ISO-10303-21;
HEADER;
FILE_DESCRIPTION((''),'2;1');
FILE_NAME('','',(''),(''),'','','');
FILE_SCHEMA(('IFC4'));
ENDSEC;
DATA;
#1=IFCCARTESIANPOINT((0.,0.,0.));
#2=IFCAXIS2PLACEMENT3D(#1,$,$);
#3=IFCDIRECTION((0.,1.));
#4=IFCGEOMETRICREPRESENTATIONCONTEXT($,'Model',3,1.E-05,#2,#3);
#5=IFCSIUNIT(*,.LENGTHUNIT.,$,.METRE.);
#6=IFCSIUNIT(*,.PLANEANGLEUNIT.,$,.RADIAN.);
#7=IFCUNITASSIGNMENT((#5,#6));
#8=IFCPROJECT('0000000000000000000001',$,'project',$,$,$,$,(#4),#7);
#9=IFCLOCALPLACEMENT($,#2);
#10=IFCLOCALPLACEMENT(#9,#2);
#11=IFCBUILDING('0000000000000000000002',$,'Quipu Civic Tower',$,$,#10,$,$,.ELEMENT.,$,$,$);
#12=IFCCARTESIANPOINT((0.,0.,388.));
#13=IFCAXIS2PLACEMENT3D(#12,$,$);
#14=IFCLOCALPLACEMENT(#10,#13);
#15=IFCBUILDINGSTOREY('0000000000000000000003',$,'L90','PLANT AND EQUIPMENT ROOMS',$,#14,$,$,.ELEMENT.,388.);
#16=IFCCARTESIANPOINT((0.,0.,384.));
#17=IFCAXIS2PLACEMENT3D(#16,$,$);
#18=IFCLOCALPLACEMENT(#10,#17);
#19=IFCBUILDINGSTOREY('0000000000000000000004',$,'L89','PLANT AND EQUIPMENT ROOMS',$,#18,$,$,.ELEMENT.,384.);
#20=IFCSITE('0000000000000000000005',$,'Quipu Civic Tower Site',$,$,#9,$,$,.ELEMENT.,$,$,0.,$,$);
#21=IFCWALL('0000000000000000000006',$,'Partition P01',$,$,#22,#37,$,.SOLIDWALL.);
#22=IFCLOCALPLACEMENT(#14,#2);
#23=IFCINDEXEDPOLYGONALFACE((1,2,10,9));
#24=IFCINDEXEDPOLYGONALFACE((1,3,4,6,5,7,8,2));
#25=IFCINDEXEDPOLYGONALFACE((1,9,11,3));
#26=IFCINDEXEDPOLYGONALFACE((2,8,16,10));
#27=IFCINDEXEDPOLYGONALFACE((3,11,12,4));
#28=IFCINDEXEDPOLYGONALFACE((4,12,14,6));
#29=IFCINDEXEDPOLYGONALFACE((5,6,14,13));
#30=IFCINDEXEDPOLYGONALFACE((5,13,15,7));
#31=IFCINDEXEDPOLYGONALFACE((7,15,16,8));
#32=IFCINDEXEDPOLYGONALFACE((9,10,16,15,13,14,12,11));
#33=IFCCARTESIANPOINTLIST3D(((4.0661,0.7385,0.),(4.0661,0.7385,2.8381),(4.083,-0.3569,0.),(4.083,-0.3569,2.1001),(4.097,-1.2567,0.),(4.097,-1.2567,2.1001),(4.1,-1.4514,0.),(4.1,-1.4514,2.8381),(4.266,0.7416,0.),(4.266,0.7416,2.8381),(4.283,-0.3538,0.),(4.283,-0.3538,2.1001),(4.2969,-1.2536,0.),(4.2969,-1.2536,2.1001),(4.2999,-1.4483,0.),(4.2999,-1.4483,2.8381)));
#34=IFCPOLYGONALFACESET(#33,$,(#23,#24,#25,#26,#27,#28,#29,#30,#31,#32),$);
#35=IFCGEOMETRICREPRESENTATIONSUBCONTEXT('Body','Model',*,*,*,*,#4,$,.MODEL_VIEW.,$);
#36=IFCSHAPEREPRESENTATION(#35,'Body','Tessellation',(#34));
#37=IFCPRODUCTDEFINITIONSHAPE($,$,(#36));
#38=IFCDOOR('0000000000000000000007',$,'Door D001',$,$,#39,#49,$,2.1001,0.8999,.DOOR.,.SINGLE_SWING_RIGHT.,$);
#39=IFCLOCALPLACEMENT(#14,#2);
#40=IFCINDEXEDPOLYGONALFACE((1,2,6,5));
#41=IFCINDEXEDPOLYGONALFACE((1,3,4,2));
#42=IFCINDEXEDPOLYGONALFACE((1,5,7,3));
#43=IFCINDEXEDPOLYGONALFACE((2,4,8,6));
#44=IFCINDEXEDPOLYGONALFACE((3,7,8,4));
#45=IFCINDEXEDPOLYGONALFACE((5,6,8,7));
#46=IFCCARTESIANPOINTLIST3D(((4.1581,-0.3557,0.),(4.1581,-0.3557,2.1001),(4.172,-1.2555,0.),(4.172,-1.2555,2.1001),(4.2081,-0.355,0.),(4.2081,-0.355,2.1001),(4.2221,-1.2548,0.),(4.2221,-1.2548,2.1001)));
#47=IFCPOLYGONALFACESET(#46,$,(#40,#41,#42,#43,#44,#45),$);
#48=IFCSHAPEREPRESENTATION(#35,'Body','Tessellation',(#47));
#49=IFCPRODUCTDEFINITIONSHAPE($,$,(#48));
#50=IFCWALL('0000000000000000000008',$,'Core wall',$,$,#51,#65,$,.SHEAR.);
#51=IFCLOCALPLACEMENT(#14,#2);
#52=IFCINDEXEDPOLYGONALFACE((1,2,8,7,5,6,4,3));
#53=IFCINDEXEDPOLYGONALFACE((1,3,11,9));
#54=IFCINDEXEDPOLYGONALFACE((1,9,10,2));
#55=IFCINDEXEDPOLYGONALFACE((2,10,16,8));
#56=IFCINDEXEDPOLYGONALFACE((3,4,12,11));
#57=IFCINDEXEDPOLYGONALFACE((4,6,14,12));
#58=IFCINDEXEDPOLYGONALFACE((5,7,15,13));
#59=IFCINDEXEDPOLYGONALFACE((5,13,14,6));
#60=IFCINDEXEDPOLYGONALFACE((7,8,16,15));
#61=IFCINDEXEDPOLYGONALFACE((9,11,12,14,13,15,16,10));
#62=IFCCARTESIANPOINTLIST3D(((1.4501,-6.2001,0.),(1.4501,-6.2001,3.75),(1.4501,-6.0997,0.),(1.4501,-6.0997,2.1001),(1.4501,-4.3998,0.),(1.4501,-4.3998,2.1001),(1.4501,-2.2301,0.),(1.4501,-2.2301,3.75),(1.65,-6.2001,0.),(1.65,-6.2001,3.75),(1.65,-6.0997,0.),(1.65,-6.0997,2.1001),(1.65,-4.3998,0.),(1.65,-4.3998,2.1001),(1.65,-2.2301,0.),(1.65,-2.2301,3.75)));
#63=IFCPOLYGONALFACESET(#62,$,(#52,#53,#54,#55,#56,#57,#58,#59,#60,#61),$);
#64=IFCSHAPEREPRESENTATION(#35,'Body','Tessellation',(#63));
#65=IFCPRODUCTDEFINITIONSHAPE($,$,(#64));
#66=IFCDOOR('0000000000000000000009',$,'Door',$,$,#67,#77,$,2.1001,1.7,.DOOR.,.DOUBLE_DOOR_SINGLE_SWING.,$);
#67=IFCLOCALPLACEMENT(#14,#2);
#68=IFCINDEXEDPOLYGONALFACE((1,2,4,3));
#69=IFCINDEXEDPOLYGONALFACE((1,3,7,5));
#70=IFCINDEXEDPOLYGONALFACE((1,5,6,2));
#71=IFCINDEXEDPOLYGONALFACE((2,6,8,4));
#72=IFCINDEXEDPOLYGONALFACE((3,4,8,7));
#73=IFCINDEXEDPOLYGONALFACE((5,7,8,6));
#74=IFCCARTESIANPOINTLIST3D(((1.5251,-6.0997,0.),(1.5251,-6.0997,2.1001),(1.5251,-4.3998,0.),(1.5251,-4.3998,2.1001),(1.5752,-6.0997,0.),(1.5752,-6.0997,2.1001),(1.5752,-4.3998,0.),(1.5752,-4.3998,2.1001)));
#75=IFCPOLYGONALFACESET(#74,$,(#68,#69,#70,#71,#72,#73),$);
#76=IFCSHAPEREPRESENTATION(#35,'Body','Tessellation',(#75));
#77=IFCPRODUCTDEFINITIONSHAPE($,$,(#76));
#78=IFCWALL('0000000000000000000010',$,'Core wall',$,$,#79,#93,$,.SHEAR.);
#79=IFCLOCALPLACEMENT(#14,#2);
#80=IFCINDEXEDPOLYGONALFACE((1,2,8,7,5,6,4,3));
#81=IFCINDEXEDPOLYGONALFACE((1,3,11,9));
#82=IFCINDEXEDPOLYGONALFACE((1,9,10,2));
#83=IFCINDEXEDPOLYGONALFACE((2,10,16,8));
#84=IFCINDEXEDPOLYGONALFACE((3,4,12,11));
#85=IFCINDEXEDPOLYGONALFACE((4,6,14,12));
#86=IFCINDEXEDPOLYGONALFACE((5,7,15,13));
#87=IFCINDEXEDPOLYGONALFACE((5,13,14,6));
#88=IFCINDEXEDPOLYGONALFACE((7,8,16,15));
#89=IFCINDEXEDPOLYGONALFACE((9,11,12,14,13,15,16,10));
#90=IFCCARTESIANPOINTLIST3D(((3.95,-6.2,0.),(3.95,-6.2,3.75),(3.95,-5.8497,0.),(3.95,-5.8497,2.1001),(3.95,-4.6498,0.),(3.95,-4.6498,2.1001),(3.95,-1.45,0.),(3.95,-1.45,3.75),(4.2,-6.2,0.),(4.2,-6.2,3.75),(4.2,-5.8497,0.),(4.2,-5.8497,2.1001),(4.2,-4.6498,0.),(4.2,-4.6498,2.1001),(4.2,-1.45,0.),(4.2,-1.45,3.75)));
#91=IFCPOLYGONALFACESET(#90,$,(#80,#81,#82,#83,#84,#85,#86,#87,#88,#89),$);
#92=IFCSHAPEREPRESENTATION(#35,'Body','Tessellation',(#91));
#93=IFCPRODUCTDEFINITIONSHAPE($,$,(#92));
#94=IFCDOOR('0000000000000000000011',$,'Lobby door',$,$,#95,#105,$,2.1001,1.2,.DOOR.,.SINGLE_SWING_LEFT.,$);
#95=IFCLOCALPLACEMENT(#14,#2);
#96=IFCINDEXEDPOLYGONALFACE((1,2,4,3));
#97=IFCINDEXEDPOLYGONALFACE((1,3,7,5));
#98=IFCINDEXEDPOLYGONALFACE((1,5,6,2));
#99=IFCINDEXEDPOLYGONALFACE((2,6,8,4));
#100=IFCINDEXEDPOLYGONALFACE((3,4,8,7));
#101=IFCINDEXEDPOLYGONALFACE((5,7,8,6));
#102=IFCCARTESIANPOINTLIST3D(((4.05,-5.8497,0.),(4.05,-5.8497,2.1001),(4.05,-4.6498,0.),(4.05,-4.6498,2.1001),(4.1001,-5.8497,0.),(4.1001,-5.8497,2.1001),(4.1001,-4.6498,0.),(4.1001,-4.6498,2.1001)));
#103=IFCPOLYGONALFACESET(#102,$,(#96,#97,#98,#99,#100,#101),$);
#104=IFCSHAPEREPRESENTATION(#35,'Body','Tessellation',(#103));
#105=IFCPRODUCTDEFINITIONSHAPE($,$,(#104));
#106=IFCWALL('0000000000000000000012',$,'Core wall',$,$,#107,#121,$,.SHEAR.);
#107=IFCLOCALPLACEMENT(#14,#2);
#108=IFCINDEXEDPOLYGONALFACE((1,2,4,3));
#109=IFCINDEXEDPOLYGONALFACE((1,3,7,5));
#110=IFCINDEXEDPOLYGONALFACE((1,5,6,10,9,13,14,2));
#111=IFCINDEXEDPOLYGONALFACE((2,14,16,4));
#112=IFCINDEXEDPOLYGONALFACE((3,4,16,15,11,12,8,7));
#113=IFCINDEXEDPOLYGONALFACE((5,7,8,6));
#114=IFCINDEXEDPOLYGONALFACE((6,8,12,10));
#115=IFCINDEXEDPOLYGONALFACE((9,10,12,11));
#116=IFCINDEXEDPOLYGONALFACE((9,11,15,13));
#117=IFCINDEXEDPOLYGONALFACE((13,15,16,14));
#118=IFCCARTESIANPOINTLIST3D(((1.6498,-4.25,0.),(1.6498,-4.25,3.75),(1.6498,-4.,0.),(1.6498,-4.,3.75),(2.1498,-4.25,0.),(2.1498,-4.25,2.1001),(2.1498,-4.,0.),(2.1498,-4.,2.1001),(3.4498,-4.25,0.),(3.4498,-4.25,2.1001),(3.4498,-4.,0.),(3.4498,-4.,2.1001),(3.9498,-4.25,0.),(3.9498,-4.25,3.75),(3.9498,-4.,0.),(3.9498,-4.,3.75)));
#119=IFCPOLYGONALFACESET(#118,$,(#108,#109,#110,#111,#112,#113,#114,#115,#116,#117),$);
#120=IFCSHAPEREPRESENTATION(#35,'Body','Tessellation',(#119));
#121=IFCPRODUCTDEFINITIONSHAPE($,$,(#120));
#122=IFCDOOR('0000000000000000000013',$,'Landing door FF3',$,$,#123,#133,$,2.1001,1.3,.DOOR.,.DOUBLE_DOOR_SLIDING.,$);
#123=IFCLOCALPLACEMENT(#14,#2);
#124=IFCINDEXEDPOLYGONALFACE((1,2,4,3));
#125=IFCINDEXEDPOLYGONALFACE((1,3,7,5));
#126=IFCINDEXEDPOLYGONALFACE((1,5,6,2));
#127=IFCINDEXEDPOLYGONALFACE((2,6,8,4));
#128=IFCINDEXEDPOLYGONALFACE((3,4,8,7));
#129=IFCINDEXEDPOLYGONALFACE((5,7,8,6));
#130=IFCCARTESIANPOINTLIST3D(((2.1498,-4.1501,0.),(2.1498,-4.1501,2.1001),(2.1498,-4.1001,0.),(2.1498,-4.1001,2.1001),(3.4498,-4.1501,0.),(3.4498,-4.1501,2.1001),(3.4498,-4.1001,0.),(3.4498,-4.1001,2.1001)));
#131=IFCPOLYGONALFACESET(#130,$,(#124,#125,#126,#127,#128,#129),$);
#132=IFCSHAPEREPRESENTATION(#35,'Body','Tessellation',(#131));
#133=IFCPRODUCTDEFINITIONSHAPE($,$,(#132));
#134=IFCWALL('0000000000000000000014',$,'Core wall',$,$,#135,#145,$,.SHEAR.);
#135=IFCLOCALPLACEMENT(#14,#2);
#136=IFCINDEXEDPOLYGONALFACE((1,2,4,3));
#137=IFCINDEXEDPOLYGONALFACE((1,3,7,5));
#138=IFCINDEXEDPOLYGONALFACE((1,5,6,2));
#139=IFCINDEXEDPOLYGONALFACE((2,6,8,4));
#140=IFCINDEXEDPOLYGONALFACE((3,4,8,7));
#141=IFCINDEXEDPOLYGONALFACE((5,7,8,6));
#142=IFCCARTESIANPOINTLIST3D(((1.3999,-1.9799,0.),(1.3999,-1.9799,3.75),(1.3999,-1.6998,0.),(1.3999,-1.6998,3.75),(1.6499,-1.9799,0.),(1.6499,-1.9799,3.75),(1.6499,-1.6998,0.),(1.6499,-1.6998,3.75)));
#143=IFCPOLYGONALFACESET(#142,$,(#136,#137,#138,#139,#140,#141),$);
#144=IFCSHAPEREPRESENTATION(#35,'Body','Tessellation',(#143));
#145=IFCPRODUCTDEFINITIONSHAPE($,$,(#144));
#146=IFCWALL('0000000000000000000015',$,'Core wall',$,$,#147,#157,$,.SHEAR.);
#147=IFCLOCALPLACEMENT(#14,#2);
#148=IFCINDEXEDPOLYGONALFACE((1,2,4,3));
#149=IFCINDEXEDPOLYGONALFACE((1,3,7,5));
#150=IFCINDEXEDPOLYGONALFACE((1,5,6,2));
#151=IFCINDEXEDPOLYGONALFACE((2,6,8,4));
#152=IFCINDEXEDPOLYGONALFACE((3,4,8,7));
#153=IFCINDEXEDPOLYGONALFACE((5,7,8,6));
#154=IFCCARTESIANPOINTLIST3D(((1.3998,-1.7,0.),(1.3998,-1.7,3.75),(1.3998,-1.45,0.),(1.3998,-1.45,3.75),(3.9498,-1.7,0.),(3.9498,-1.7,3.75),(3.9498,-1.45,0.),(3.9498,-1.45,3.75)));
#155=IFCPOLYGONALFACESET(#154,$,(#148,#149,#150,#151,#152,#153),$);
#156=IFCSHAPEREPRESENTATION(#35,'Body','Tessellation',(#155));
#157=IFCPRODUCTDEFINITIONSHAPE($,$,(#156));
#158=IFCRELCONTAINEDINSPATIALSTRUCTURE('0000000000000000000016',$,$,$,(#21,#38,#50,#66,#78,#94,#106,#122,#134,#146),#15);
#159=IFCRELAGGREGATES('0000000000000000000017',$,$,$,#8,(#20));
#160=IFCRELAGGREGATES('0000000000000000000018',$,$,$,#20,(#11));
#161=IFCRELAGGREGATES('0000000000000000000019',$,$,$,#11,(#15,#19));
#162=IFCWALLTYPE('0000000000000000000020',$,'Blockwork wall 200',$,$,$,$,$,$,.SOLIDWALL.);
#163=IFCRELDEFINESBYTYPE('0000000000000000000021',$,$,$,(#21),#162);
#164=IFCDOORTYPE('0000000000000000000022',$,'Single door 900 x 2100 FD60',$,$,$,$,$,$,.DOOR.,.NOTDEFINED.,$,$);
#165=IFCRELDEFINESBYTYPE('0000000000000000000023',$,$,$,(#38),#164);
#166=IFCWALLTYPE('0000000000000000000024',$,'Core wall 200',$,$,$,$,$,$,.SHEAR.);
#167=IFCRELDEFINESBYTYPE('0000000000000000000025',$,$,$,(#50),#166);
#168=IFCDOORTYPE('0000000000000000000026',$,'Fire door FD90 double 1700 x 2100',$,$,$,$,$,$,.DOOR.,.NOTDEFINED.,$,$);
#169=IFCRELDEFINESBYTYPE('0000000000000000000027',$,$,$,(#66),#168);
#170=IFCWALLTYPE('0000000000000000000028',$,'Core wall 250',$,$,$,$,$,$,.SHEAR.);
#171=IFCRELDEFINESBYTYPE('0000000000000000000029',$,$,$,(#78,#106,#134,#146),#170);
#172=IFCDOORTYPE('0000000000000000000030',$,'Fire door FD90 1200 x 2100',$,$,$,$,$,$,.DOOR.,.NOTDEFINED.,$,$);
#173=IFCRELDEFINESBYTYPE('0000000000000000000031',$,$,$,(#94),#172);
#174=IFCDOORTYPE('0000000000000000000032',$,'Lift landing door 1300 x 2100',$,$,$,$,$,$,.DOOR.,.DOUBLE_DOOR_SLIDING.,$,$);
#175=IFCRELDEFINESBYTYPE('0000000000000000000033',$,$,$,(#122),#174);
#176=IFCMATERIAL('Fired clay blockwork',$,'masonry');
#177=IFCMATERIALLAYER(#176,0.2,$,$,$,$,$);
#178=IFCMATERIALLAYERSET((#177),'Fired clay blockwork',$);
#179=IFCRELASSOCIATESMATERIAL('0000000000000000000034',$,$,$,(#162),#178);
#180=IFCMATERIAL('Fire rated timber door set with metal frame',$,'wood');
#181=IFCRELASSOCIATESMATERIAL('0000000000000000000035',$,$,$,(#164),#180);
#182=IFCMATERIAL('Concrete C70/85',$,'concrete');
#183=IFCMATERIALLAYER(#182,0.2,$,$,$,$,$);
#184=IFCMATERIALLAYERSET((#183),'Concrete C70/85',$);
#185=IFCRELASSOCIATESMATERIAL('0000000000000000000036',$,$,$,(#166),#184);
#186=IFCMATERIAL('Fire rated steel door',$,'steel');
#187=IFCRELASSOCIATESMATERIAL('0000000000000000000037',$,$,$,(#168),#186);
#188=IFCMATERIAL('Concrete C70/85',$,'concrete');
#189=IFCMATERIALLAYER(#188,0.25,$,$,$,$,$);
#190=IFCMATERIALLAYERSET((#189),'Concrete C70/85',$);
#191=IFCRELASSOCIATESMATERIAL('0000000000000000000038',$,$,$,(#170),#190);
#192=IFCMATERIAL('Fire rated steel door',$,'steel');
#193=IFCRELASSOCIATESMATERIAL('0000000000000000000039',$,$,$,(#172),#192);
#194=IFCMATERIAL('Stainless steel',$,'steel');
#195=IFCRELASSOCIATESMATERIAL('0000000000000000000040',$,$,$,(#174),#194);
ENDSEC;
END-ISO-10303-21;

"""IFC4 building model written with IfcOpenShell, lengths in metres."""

from ifc_helpers import new_model, si_unit, direction, frame, frame_2d, origin, place, context, subcontext, project, spatial, rectangle, extrude, material, layer, layer_set, type_object, element, fill, save


model = new_model("IFC4")

# Units and contexts
model_context = context("Model", 3, precision=1e-05, world=origin(), true_north=direction((0.0, 1.0)))
body_context = subcontext(model_context, "Body", "Model", "MODEL_VIEW")
ifc_project = project(units=[si_unit("LENGTHUNIT", "METRE"), si_unit("PLANEANGLEUNIT", "RADIAN")], contexts=[model_context])

# Site, building, storey
site_placement = place(None, origin())
site = spatial("IfcSite", under=ifc_project, at=site_placement, Name="Quipu Civic Tower Site", CompositionType="ELEMENT", RefElevation=0.0)
building_placement = place(site_placement, origin())
building = spatial("IfcBuilding", under=site, at=building_placement, Name="Quipu Civic Tower", CompositionType="ELEMENT")
storey_1_placement = place(building_placement, frame((0.0, 0.0, 388.0)))
storey_1 = spatial("IfcBuildingStorey", under=building, at=storey_1_placement, Name="L90", Description="PLANT AND EQUIPMENT ROOMS", CompositionType="ELEMENT", Elevation=388.0)

# Shared definitions
storey_2_placement = place(building_placement, frame((0.0, 0.0, 384.0)))
storey_2 = spatial("IfcBuildingStorey", under=building, at=storey_2_placement, Name="L89", Description="PLANT AND EQUIPMENT ROOMS", CompositionType="ELEMENT", Elevation=384.0)

# Walls, openings, doors
ifc_material_1 = material(Name="Fired clay blockwork", Category="masonry")
ifc_layer_1 = layer(ifc_material_1, 0.2)
ifc_layer_set_1 = layer_set([ifc_layer_1], Name="Fired clay blockwork")
wall_type_1 = type_object("IfcWallType", Name="Blockwork wall 200", PredefinedType="SOLIDWALL", material=ifc_layer_set_1)
wall_1_placement = place(storey_1_placement, frame((4.2, -1.45, 0.0), z_axis=(0.0, 0.0, 1.0), x_axis=(-0.015494, 0.99988, 0.0)))
wall_1 = element("IfcWall", 1, at=wall_1_placement, inside=storey_1, type_object=wall_type_1, Name="Partition P01", PredefinedType="SOLIDWALL", context=body_context, shape_type="SweptSolid", body=[
    extrude(rectangle(XDim=2.1902, YDim=0.2, at=frame_2d((1.0952, 0.0))), origin(), (0.0, 0.0, 1.0), 2.8381),
])
opening_1_placement = place(wall_1_placement, frame((0.1948, 0.0, 0.0)))
opening_1 = element("IfcOpeningElement", 2, at=opening_1_placement, cuts=wall_1, PredefinedType="OPENING", context=body_context, shape_type="SweptSolid", body=[
    extrude(rectangle(XDim=0.8999, YDim=2.1001, at=frame_2d((0.45, 1.05))), frame((0.0, 0.1099, 0.0), z_axis=(0.0, -1.0, 0.0), x_axis=(1.0, 0.0, 0.0)), (0.0, 0.0, 1.0), 0.22),
])
ifc_material_2 = material(Name="Fire rated timber door set with metal frame", Category="wood")
door_type_1 = type_object("IfcDoorType", Name="Single door 900 x 2100 FD60", OperationType="NOTDEFINED", PredefinedType="DOOR", material=ifc_material_2)
door_1_placement = place(opening_1_placement, origin())
door_1 = element("IfcDoor", 3, at=door_1_placement, inside=storey_1, type_object=door_type_1, Name="Door D001", OperationType="SINGLE_SWING_RIGHT", OverallHeight=2.1001, OverallWidth=0.8999, PredefinedType="DOOR", context=body_context, shape_type="SweptSolid", body=[
    extrude(rectangle(XDim=0.8999, YDim=2.1001, at=frame_2d((0.45, 1.05))), frame((0.0, 0.0249, 0.0), z_axis=(0.0, -1.0, 0.0), x_axis=(1.0, 0.0, 0.0)), (0.0, 0.0, 1.0), 0.05),
])
fill(opening_1, door_1)
ifc_material_3 = material(Name="Concrete C70/85", Category="concrete")
ifc_layer_2 = layer(ifc_material_3, 0.2)
ifc_layer_set_2 = layer_set([ifc_layer_2], Name="Concrete C70/85")
wall_type_2 = type_object("IfcWallType", Name="Core wall 200", PredefinedType="SHEAR", material=ifc_layer_set_2)
wall_2_placement = place(storey_1_placement, frame((1.55, -6.2, 0.0), z_axis=(0.0, 0.0, 1.0), x_axis=(0.0, 1.0, 0.0)))
wall_2 = element("IfcWall", 4, at=wall_2_placement, inside=storey_1, type_object=wall_type_2, Name="Core wall", PredefinedType="SHEAR", context=body_context, shape_type="SweptSolid", body=[
    extrude(rectangle(XDim=3.97, YDim=0.2, at=frame_2d((1.9849, 0.0))), origin(), (0.0, 0.0, 1.0), 3.75),
])
opening_2_placement = place(wall_2_placement, frame((0.1001, 0.0, 0.0)))
opening_2 = element("IfcOpeningElement", 5, at=opening_2_placement, cuts=wall_2, PredefinedType="OPENING", context=body_context, shape_type="SweptSolid", body=[
    extrude(rectangle(XDim=1.7, YDim=2.1001, at=frame_2d((0.8501, 1.05))), frame((0.0, 0.1099, 0.0), z_axis=(0.0, -1.0, 0.0), x_axis=(1.0, 0.0, 0.0)), (0.0, 0.0, 1.0), 0.22),
])
ifc_material_4 = material(Name="Fire rated steel door", Category="steel")
door_type_2 = type_object("IfcDoorType", Name="Fire door FD90 double 1700 x 2100", OperationType="NOTDEFINED", PredefinedType="DOOR", material=ifc_material_4)
door_2_placement = place(opening_2_placement, origin())
door_2 = element("IfcDoor", 6, at=door_2_placement, inside=storey_1, type_object=door_type_2, Name="Door", OperationType="DOUBLE_DOOR_SINGLE_SWING", OverallHeight=2.1001, OverallWidth=1.7, PredefinedType="DOOR", context=body_context, shape_type="SweptSolid", body=[
    extrude(rectangle(XDim=1.7, YDim=2.1001, at=frame_2d((0.8501, 1.05))), frame((0.0, 0.0249, 0.0), z_axis=(0.0, -1.0, 0.0), x_axis=(1.0, 0.0, 0.0)), (0.0, 0.0, 1.0), 0.05),
])
fill(opening_2, door_2)
ifc_material_5 = material(Name="Concrete C70/85", Category="concrete")
ifc_layer_3 = layer(ifc_material_5, 0.25)
ifc_layer_set_3 = layer_set([ifc_layer_3], Name="Concrete C70/85")
wall_type_3 = type_object("IfcWallType", Name="Core wall 250", PredefinedType="SHEAR", material=ifc_layer_set_3)
wall_3_placement = place(storey_1_placement, frame((4.075, -6.2, 0.0), z_axis=(0.0, 0.0, 1.0), x_axis=(0.0, 1.0, 0.0)))
wall_3 = element("IfcWall", 7, at=wall_3_placement, inside=storey_1, type_object=wall_type_3, Name="Core wall", PredefinedType="SHEAR", context=body_context, shape_type="SweptSolid", body=[
    extrude(rectangle(XDim=4.75, YDim=0.25, at=frame_2d((2.375, 0.0))), origin(), (0.0, 0.0, 1.0), 3.75),
])
opening_3_placement = place(wall_3_placement, frame((0.3501, 0.0, 0.0)))
opening_3 = element("IfcOpeningElement", 8, at=opening_3_placement, cuts=wall_3, PredefinedType="OPENING", context=body_context, shape_type="SweptSolid", body=[
    extrude(rectangle(XDim=1.2, YDim=2.1001, at=frame_2d((0.6001, 1.05))), frame((0.0, 0.135, 0.0), z_axis=(0.0, -1.0, 0.0), x_axis=(1.0, 0.0, 0.0)), (0.0, 0.0, 1.0), 0.27),
])
ifc_material_6 = material(Name="Fire rated steel door", Category="steel")
door_type_3 = type_object("IfcDoorType", Name="Fire door FD90 1200 x 2100", OperationType="NOTDEFINED", PredefinedType="DOOR", material=ifc_material_6)
door_3_placement = place(opening_3_placement, origin())
door_3 = element("IfcDoor", 9, at=door_3_placement, inside=storey_1, type_object=door_type_3, Name="Lobby door", OperationType="SINGLE_SWING_LEFT", OverallHeight=2.1001, OverallWidth=1.2, PredefinedType="DOOR", context=body_context, shape_type="SweptSolid", body=[
    extrude(rectangle(XDim=1.2, YDim=2.1001, at=frame_2d((0.6001, 1.05))), frame((0.0, 0.0249, 0.0), z_axis=(0.0, -1.0, 0.0), x_axis=(1.0, 0.0, 0.0)), (0.0, 0.0, 1.0), 0.05),
])
fill(opening_3, door_3)
wall_4_placement = place(storey_1_placement, frame((1.6499, -4.125, 0.0), z_axis=(0.0, 0.0, 1.0), x_axis=(1.0, 0.0, 0.0)))
wall_4 = element("IfcWall", 10, at=wall_4_placement, inside=storey_1, type_object=wall_type_3, Name="Core wall", PredefinedType="SHEAR", context=body_context, shape_type="SweptSolid", body=[
    extrude(rectangle(XDim=2.3, YDim=0.25, at=frame_2d((1.1499, 0.0))), origin(), (0.0, 0.0, 1.0), 3.75),
])
opening_4_placement = place(wall_4_placement, frame((0.5, 0.0, 0.0)))
opening_4 = element("IfcOpeningElement", 11, at=opening_4_placement, cuts=wall_4, PredefinedType="OPENING", context=body_context, shape_type="SweptSolid", body=[
    extrude(rectangle(XDim=1.3, YDim=2.1001, at=frame_2d((0.6499, 1.05))), frame((0.0, 0.135, 0.0), z_axis=(0.0, -1.0, 0.0), x_axis=(1.0, 0.0, 0.0)), (0.0, 0.0, 1.0), 0.27),
])
ifc_material_7 = material(Name="Stainless steel", Category="steel")
door_type_4 = type_object("IfcDoorType", Name="Lift landing door 1300 x 2100", OperationType="DOUBLE_DOOR_SLIDING", PredefinedType="DOOR", material=ifc_material_7)
door_4_placement = place(opening_4_placement, origin())
door_4 = element("IfcDoor", 12, at=door_4_placement, inside=storey_1, type_object=door_type_4, Name="Landing door FF3", OperationType="DOUBLE_DOOR_SLIDING", OverallHeight=2.1001, OverallWidth=1.3, PredefinedType="DOOR", context=body_context, shape_type="SweptSolid", body=[
    extrude(rectangle(XDim=1.3, YDim=2.1001, at=frame_2d((0.6499, 1.05))), frame((0.0, 0.0249, 0.0), z_axis=(0.0, -1.0, 0.0), x_axis=(1.0, 0.0, 0.0)), (0.0, 0.0, 1.0), 0.05),
])
fill(opening_4, door_4)

# Walls
wall_5_placement = place(storey_1_placement, frame((1.5249, -1.98, 0.0), z_axis=(0.0, 0.0, 1.0), x_axis=(0.0, 1.0, 0.0)))
element("IfcWall", 13, at=wall_5_placement, inside=storey_1, type_object=wall_type_3, Name="Core wall", PredefinedType="SHEAR", context=body_context, shape_type="SweptSolid", body=[
    extrude(rectangle(XDim=0.28, YDim=0.25, at=frame_2d((0.1401, 0.0))), origin(), (0.0, 0.0, 1.0), 3.75),
])
wall_6_placement = place(storey_1_placement, frame((1.3999, -1.575, 0.0), z_axis=(0.0, 0.0, 1.0), x_axis=(1.0, 0.0, 0.0)))
element("IfcWall", 14, at=wall_6_placement, inside=storey_1, type_object=wall_type_3, Name="Core wall", PredefinedType="SHEAR", context=body_context, shape_type="SweptSolid", body=[
    extrude(rectangle(XDim=2.55, YDim=0.25, at=frame_2d((1.2749, 0.0))), origin(), (0.0, 0.0, 1.0), 3.75),
])

save(model, "model.ifc")
